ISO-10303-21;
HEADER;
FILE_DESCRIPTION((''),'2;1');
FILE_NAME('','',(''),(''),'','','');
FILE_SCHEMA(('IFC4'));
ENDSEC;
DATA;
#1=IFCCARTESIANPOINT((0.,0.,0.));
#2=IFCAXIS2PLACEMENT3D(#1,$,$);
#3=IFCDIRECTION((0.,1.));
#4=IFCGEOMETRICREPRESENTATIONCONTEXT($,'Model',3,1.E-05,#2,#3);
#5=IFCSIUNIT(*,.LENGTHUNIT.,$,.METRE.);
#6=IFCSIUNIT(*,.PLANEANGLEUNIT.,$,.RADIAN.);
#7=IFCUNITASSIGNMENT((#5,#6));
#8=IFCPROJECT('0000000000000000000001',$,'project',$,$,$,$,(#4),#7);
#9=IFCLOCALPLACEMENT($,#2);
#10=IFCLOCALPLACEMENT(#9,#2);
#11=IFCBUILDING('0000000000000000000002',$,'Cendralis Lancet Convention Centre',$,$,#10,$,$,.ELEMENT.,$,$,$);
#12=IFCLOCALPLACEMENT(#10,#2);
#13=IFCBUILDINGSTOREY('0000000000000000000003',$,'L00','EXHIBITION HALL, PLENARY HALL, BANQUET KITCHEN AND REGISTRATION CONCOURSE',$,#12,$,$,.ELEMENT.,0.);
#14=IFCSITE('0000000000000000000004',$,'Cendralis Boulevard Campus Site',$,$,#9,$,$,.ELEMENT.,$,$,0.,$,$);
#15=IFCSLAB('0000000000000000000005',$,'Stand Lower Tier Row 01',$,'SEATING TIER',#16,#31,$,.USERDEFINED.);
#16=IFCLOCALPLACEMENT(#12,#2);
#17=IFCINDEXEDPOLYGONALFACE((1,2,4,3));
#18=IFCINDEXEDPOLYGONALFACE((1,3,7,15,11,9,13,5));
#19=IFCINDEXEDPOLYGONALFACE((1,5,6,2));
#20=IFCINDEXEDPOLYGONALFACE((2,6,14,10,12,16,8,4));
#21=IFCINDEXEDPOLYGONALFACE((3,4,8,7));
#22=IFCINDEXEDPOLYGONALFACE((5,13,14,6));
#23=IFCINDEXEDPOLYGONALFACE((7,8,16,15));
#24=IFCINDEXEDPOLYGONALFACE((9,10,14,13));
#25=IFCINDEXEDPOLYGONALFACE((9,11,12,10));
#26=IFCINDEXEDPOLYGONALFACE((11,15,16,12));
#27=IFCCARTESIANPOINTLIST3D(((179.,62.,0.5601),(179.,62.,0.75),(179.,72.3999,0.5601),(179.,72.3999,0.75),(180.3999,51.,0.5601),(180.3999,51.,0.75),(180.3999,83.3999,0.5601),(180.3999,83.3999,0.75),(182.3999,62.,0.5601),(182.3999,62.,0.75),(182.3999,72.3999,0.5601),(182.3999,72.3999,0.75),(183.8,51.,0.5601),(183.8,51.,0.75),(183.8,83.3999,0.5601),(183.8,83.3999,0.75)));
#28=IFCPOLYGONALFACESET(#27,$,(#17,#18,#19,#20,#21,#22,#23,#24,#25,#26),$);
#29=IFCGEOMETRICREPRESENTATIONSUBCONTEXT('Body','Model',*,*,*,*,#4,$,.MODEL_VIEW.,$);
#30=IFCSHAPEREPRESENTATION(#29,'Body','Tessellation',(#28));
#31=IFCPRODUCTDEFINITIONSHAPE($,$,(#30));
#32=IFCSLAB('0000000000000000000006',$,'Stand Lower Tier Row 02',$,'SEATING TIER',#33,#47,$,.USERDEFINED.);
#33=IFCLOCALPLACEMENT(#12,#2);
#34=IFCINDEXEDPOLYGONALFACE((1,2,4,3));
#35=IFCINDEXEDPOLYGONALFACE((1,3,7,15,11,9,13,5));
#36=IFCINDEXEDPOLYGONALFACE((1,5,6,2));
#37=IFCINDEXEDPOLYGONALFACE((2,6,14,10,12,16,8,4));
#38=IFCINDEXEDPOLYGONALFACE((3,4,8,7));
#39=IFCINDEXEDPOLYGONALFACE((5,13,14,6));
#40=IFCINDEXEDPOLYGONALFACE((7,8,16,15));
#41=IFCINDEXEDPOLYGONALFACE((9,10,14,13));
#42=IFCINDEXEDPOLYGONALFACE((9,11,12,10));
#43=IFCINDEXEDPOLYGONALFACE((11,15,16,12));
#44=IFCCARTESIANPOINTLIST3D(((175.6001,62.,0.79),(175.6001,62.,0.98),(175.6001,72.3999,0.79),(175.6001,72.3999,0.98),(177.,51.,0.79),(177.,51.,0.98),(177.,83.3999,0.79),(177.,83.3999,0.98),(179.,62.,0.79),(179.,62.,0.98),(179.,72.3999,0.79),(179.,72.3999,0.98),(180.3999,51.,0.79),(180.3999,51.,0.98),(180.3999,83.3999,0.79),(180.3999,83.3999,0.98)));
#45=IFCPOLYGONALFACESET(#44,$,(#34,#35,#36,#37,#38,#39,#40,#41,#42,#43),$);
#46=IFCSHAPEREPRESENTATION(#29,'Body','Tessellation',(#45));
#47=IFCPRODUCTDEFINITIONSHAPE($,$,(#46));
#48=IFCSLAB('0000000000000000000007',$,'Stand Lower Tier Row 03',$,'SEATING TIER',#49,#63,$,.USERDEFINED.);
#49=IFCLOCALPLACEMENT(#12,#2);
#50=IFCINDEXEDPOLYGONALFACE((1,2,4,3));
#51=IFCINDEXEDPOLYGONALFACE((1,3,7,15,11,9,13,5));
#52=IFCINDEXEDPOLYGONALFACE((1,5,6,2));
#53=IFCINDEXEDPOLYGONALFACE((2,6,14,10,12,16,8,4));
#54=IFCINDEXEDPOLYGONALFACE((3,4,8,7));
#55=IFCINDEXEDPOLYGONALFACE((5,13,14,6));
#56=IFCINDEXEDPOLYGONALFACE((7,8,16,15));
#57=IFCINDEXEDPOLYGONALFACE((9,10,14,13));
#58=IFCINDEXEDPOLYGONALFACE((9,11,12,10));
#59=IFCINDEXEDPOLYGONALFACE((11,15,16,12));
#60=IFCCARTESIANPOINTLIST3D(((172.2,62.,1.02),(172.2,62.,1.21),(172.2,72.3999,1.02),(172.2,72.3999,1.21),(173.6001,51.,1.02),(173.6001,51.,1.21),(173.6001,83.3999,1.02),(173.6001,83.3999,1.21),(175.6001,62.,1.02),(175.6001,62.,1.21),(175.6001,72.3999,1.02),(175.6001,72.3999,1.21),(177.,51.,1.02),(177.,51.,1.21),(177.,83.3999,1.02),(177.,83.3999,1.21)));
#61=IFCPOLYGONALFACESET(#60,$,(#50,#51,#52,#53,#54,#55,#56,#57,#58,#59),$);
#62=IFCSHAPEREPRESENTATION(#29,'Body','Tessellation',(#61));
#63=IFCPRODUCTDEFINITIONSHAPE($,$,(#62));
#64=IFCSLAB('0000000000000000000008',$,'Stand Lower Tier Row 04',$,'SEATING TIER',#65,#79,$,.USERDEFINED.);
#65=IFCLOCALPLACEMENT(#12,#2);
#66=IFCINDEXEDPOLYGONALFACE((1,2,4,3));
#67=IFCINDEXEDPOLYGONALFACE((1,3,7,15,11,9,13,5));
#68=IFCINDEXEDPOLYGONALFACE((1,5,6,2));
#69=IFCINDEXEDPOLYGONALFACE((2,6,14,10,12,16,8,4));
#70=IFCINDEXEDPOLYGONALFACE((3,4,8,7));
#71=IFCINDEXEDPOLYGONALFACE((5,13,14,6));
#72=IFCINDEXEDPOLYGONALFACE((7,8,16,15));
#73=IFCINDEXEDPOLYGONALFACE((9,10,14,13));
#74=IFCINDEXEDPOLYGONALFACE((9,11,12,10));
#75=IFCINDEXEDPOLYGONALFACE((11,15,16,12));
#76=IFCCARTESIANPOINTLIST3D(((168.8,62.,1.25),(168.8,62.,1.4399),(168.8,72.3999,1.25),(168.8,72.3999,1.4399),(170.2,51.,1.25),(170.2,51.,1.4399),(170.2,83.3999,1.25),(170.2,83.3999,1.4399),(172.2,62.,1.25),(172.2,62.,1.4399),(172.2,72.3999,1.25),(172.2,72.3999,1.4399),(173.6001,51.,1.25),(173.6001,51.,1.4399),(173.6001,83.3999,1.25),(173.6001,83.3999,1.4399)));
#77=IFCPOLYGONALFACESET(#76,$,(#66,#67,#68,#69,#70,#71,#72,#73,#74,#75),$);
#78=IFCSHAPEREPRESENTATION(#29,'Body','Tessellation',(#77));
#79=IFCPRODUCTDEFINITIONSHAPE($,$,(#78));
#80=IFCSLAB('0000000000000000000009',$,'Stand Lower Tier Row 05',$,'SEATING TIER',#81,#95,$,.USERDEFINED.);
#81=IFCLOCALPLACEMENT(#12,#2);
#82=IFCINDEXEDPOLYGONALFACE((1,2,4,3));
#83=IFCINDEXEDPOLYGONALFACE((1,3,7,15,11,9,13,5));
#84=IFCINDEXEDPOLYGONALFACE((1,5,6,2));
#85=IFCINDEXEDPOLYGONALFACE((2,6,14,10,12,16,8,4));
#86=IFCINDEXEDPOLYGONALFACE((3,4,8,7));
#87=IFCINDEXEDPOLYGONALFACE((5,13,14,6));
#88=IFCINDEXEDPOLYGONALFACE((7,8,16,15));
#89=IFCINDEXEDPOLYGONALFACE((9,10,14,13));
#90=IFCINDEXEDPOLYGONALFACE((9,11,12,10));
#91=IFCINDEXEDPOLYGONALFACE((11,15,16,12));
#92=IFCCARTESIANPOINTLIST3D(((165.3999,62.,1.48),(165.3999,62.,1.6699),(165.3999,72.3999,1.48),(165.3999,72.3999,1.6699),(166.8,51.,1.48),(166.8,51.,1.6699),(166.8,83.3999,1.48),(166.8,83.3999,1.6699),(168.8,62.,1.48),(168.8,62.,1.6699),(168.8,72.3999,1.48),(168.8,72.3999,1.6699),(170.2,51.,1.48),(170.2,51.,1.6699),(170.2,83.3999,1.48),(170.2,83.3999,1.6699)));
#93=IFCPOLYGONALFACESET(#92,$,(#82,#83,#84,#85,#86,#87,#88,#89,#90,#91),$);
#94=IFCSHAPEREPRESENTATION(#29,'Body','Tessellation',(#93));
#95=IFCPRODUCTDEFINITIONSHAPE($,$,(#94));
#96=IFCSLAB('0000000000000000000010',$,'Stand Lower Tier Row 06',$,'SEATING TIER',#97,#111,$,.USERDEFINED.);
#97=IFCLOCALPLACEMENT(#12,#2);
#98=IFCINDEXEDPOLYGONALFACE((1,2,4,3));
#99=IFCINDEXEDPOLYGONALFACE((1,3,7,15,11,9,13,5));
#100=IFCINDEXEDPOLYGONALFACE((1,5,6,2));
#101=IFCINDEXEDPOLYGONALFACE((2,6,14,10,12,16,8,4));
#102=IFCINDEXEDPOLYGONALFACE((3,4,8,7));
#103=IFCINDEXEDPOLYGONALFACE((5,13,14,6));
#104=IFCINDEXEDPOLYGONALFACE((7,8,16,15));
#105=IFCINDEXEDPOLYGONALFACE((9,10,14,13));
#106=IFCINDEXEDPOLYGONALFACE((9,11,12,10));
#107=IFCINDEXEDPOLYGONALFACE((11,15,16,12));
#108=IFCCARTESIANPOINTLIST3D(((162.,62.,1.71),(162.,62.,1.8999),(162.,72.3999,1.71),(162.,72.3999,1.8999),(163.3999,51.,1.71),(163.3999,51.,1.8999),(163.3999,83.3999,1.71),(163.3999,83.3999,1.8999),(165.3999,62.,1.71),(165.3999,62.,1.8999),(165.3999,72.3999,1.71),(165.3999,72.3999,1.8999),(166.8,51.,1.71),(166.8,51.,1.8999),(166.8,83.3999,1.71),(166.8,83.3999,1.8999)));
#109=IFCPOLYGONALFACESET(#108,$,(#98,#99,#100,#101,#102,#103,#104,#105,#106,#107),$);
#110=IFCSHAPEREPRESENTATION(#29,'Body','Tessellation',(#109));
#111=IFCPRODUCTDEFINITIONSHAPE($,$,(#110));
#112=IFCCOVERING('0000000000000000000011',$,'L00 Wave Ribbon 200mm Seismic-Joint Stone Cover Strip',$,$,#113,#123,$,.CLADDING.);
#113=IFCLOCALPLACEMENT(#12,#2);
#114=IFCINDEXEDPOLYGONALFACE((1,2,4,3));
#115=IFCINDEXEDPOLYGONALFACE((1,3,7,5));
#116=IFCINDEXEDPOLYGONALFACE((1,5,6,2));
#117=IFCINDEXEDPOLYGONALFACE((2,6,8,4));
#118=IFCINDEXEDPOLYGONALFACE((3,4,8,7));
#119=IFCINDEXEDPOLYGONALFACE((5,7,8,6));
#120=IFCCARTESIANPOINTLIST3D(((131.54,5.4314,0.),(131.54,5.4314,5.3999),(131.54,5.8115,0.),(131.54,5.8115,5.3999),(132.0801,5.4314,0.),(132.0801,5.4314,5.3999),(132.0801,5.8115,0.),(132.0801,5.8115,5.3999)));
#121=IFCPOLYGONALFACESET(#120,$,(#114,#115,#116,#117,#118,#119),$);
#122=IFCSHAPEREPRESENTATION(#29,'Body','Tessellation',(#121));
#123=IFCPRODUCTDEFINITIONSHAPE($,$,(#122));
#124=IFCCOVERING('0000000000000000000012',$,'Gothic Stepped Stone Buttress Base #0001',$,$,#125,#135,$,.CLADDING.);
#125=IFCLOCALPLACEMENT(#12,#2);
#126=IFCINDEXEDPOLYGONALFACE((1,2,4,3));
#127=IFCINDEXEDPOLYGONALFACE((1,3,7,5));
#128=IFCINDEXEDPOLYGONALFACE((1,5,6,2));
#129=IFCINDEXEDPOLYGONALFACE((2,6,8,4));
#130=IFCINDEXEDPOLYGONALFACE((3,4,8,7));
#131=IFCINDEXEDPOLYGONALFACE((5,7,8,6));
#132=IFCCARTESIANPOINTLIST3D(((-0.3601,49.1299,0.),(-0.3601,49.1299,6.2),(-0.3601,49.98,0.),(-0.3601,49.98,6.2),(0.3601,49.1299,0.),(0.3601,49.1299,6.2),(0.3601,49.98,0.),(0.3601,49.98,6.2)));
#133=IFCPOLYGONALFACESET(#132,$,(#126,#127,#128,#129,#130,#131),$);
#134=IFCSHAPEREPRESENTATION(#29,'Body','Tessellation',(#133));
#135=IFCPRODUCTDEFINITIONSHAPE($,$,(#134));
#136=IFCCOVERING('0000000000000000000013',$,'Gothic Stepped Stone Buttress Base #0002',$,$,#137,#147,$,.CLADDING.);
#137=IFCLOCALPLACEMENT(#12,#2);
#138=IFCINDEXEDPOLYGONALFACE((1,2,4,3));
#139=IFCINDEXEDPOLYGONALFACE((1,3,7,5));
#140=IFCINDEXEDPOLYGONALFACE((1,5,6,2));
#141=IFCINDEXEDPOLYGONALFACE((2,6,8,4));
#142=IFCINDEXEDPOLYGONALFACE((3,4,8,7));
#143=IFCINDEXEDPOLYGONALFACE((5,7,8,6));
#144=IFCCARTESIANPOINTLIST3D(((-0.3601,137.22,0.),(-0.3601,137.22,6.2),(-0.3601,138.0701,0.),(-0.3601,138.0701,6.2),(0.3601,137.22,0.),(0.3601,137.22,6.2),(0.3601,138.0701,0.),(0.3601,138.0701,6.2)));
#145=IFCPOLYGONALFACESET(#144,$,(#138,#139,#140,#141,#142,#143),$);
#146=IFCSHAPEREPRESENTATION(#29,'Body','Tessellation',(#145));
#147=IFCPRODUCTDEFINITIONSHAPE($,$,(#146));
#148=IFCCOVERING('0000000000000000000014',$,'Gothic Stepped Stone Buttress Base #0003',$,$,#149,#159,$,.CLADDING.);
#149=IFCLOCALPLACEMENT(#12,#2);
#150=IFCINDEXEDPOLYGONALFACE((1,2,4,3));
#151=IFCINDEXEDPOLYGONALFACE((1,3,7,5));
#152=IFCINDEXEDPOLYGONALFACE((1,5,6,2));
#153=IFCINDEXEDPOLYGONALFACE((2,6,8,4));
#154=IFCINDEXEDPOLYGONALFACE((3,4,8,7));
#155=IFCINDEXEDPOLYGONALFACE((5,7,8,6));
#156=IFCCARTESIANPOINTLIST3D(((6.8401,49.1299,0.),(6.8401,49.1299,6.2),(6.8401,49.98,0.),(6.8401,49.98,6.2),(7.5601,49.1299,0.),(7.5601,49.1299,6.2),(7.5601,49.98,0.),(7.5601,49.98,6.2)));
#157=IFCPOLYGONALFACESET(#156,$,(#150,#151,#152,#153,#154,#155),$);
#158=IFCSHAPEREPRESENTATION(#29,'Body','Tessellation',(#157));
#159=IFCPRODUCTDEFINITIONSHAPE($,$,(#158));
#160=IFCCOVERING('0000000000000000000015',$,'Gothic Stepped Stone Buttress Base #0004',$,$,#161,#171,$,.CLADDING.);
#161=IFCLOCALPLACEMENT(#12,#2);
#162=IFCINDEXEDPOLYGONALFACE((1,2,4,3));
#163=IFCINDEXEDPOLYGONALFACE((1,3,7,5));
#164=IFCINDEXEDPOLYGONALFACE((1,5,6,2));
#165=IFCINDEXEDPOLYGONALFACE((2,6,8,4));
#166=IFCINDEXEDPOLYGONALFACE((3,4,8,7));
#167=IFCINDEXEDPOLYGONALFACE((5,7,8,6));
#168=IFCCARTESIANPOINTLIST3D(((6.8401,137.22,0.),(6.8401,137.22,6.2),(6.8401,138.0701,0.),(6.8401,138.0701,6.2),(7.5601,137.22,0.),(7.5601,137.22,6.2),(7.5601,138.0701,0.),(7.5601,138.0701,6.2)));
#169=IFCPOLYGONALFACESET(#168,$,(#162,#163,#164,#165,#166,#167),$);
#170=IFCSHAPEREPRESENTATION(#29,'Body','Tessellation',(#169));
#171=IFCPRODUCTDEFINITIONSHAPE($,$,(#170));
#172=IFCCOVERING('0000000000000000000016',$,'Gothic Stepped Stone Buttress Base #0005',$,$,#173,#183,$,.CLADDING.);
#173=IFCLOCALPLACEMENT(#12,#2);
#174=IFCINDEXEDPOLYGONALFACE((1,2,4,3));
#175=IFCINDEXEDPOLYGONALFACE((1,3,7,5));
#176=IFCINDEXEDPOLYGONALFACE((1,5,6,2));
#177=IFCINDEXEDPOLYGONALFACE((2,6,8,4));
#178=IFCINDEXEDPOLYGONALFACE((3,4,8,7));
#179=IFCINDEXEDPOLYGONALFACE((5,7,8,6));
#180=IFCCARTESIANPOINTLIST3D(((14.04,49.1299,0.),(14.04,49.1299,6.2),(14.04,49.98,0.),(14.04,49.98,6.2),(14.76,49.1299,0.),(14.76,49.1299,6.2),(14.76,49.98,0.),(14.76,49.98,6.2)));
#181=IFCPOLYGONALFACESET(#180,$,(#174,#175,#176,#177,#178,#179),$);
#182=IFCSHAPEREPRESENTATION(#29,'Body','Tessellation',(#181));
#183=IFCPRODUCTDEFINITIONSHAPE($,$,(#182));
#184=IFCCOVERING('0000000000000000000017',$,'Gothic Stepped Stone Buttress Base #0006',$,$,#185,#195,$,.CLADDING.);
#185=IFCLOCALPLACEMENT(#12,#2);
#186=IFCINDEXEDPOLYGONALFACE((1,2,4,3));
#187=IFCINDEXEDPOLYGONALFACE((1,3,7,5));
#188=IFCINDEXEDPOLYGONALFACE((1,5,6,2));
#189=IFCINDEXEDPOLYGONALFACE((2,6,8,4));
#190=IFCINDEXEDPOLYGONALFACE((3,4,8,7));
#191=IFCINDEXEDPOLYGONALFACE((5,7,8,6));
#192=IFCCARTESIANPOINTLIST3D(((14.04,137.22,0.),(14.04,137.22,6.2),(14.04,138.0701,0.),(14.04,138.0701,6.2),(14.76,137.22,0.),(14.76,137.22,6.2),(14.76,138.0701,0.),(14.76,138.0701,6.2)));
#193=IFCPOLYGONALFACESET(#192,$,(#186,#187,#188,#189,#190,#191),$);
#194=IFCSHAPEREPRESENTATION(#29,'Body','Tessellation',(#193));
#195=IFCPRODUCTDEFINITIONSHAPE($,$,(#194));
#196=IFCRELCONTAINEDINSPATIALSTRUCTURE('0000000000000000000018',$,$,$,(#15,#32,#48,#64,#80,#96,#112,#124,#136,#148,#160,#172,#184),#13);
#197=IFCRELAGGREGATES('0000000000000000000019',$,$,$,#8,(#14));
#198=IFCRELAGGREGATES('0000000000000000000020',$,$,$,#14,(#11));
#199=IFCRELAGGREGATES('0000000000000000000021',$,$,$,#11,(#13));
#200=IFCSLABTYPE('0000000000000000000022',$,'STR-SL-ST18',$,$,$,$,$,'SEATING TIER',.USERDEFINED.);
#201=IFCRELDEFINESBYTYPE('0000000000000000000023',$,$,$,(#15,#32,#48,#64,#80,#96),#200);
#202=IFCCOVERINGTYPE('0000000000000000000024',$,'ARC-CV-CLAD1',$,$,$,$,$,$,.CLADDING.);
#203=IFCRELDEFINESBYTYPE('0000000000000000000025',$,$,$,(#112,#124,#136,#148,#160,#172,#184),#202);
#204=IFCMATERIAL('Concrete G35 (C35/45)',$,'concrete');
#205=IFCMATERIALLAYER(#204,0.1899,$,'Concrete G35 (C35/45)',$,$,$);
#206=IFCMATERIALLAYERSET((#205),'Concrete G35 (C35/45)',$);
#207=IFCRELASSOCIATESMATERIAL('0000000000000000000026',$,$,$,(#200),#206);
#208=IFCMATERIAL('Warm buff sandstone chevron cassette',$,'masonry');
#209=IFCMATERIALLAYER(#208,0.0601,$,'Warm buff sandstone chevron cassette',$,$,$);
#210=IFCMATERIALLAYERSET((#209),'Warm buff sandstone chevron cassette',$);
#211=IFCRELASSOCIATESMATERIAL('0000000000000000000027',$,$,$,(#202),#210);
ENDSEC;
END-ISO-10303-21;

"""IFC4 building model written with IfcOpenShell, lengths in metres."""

from ifc_helpers import new_model, si_unit, direction, frame, origin, place, context, subcontext, project, spatial, polyline, outline, extrude, material, layer, layer_set, type_object, element, save


model = new_model("IFC4")

# Units and contexts
model_context = context("Model", 3, precision=1e-05, world=origin(), true_north=direction((0.0, 1.0)))
body_context = subcontext(model_context, "Body", "Model", "MODEL_VIEW")
ifc_project = project(units=[si_unit("LENGTHUNIT", "METRE"), si_unit("PLANEANGLEUNIT", "RADIAN")], contexts=[model_context])

# Site, building, storey
site_placement = place(None, origin())
site = spatial("IfcSite", under=ifc_project, at=site_placement, Name="Cendralis Boulevard Campus Site", CompositionType="ELEMENT", RefElevation=0.0)
building_placement = place(site_placement, origin())
building = spatial("IfcBuilding", under=site, at=building_placement, Name="Cendralis Lancet Convention Centre", CompositionType="ELEMENT")
storey_placement = place(building_placement, origin())
storey = spatial("IfcBuildingStorey", under=building, at=storey_placement, Name="L00", Description="EXHIBITION HALL, PLENARY HALL, BANQUET KITCHEN AND REGISTRATION CONCOURSE", CompositionType="ELEMENT", Elevation=0.0)

# Slabs
ifc_material_1 = material(Name="Concrete G35 (C35/45)", Category="concrete")
ifc_layer_1 = layer(ifc_material_1, 0.1899, Name="Concrete G35 (C35/45)")
ifc_layer_set_1 = layer_set([ifc_layer_1], Name="Concrete G35 (C35/45)")
slab_type_1 = type_object("IfcSlabType", Name="STR-SL-ST18", ElementType="SEATING TIER", PredefinedType="USERDEFINED", material=ifc_layer_set_1)
slab_1_placement = place(storey_placement, frame((0.0, 0.0, 0.5601)))
element("IfcSlab", 1, at=slab_1_placement, inside=storey, type_object=slab_type_1, Name="Stand Lower Tier Row 01", ObjectType="SEATING TIER", PredefinedType="USERDEFINED", context=body_context, shape_type="SweptSolid", body=[
    extrude(outline(polyline([(180.3999, 51.0), (183.8, 51.0), (182.3999, 62.0), (182.3999, 72.3999), (183.8, 83.3999), (180.3999, 83.3999), (179.0, 72.3999), (179.0, 62.0), (180.3999, 51.0)])), origin(), (0.0, 0.0, 1.0), 0.1899),
])
slab_2_placement = place(storey_placement, frame((0.0, 0.0, 0.79)))
element("IfcSlab", 2, at=slab_2_placement, inside=storey, type_object=slab_type_1, Name="Stand Lower Tier Row 02", ObjectType="SEATING TIER", PredefinedType="USERDEFINED", context=body_context, shape_type="SweptSolid", body=[
    extrude(outline(polyline([(177.0, 51.0), (180.3999, 51.0), (179.0, 62.0), (179.0, 72.3999), (180.3999, 83.3999), (177.0, 83.3999), (175.6001, 72.3999), (175.6001, 62.0), (177.0, 51.0)])), origin(), (0.0, 0.0, 1.0), 0.1899),
])
slab_3_placement = place(storey_placement, frame((0.0, 0.0, 1.02)))
element("IfcSlab", 3, at=slab_3_placement, inside=storey, type_object=slab_type_1, Name="Stand Lower Tier Row 03", ObjectType="SEATING TIER", PredefinedType="USERDEFINED", context=body_context, shape_type="SweptSolid", body=[
    extrude(outline(polyline([(173.6001, 51.0), (177.0, 51.0), (175.6001, 62.0), (175.6001, 72.3999), (177.0, 83.3999), (173.6001, 83.3999), (172.2, 72.3999), (172.2, 62.0), (173.6001, 51.0)])), origin(), (0.0, 0.0, 1.0), 0.1899),
])
slab_4_placement = place(storey_placement, frame((0.0, 0.0, 1.25)))
element("IfcSlab", 4, at=slab_4_placement, inside=storey, type_object=slab_type_1, Name="Stand Lower Tier Row 04", ObjectType="SEATING TIER", PredefinedType="USERDEFINED", context=body_context, shape_type="SweptSolid", body=[
    extrude(outline(polyline([(170.2, 51.0), (173.6001, 51.0), (172.2, 62.0), (172.2, 72.3999), (173.6001, 83.3999), (170.2, 83.3999), (168.8, 72.3999), (168.8, 62.0), (170.2, 51.0)])), origin(), (0.0, 0.0, 1.0), 0.1899),
])
slab_5_placement = place(storey_placement, frame((0.0, 0.0, 1.48)))
element("IfcSlab", 5, at=slab_5_placement, inside=storey, type_object=slab_type_1, Name="Stand Lower Tier Row 05", ObjectType="SEATING TIER", PredefinedType="USERDEFINED", context=body_context, shape_type="SweptSolid", body=[
    extrude(outline(polyline([(166.8, 51.0), (170.2, 51.0), (168.8, 62.0), (168.8, 72.3999), (170.2, 83.3999), (166.8, 83.3999), (165.3999, 72.3999), (165.3999, 62.0), (166.8, 51.0)])), origin(), (0.0, 0.0, 1.0), 0.1899),
])
slab_6_placement = place(storey_placement, frame((0.0, 0.0, 1.71)))
element("IfcSlab", 6, at=slab_6_placement, inside=storey, type_object=slab_type_1, Name="Stand Lower Tier Row 06", ObjectType="SEATING TIER", PredefinedType="USERDEFINED", context=body_context, shape_type="SweptSolid", body=[
    extrude(outline(polyline([(163.3999, 51.0), (166.8, 51.0), (165.3999, 62.0), (165.3999, 72.3999), (166.8, 83.3999), (163.3999, 83.3999), (162.0, 72.3999), (162.0, 62.0), (163.3999, 51.0)])), origin(), (0.0, 0.0, 1.0), 0.1899),
])

# Coverings
ifc_material_2 = material(Name="Warm buff sandstone chevron cassette", Category="masonry")
ifc_layer_2 = layer(ifc_material_2, 0.0601, Name="Warm buff sandstone chevron cassette")
ifc_layer_set_2 = layer_set([ifc_layer_2], Name="Warm buff sandstone chevron cassette")
covering_type = type_object("IfcCoveringType", Name="ARC-CV-CLAD1", PredefinedType="CLADDING", material=ifc_layer_set_2)
covering_1_placement = place(storey_placement, origin())
element("IfcCovering", 7, at=covering_1_placement, inside=storey, type_object=covering_type, Name="L00 Wave Ribbon 200mm Seismic-Joint Stone Cover Strip", PredefinedType="CLADDING", context=body_context, shape_type="SweptSolid", body=[
    extrude(outline(polyline([(131.54, 5.4314), (132.0801, 5.4314), (132.0801, 5.8115), (131.54, 5.8115), (131.54, 5.4314)])), origin(), (0.0, 0.0, 1.0), 5.3999),
])
covering_2_placement = place(storey_placement, origin())
element("IfcCovering", 8, at=covering_2_placement, inside=storey, type_object=covering_type, Name="Gothic Stepped Stone Buttress Base #0001", PredefinedType="CLADDING", context=body_context, shape_type="SweptSolid", body=[
    extrude(outline(polyline([(-0.3601, 49.1299), (0.3601, 49.1299), (0.3601, 49.98), (-0.3601, 49.98), (-0.3601, 49.1299)])), origin(), (0.0, 0.0, 1.0), 6.2),
])
covering_3_placement = place(storey_placement, origin())
element("IfcCovering", 9, at=covering_3_placement, inside=storey, type_object=covering_type, Name="Gothic Stepped Stone Buttress Base #0002", PredefinedType="CLADDING", context=body_context, shape_type="SweptSolid", body=[
    extrude(outline(polyline([(0.3601, 138.0701), (-0.3601, 138.0701), (-0.3601, 137.22), (0.3601, 137.22), (0.3601, 138.0701)])), origin(), (0.0, 0.0, 1.0), 6.2),
])
covering_4_placement = place(storey_placement, origin())
element("IfcCovering", 10, at=covering_4_placement, inside=storey, type_object=covering_type, Name="Gothic Stepped Stone Buttress Base #0003", PredefinedType="CLADDING", context=body_context, shape_type="SweptSolid", body=[
    extrude(outline(polyline([(6.8401, 49.1299), (7.5601, 49.1299), (7.5601, 49.98), (6.8401, 49.98), (6.8401, 49.1299)])), origin(), (0.0, 0.0, 1.0), 6.2),
])
covering_5_placement = place(storey_placement, origin())
element("IfcCovering", 11, at=covering_5_placement, inside=storey, type_object=covering_type, Name="Gothic Stepped Stone Buttress Base #0004", PredefinedType="CLADDING", context=body_context, shape_type="SweptSolid", body=[
    extrude(outline(polyline([(7.5601, 138.0701), (6.8401, 138.0701), (6.8401, 137.22), (7.5601, 137.22), (7.5601, 138.0701)])), origin(), (0.0, 0.0, 1.0), 6.2),
])
covering_6_placement = place(storey_placement, origin())
element("IfcCovering", 12, at=covering_6_placement, inside=storey, type_object=covering_type, Name="Gothic Stepped Stone Buttress Base #0005", PredefinedType="CLADDING", context=body_context, shape_type="SweptSolid", body=[
    extrude(outline(polyline([(14.04, 49.1299), (14.76, 49.1299), (14.76, 49.98), (14.04, 49.98), (14.04, 49.1299)])), origin(), (0.0, 0.0, 1.0), 6.2),
])
covering_7_placement = place(storey_placement, origin())
element("IfcCovering", 13, at=covering_7_placement, inside=storey, type_object=covering_type, Name="Gothic Stepped Stone Buttress Base #0006", PredefinedType="CLADDING", context=body_context, shape_type="SweptSolid", body=[
    extrude(outline(polyline([(14.76, 138.0701), (14.04, 138.0701), (14.04, 137.22), (14.76, 137.22), (14.76, 138.0701)])), origin(), (0.0, 0.0, 1.0), 6.2),
])

save(model, "model.ifc")
